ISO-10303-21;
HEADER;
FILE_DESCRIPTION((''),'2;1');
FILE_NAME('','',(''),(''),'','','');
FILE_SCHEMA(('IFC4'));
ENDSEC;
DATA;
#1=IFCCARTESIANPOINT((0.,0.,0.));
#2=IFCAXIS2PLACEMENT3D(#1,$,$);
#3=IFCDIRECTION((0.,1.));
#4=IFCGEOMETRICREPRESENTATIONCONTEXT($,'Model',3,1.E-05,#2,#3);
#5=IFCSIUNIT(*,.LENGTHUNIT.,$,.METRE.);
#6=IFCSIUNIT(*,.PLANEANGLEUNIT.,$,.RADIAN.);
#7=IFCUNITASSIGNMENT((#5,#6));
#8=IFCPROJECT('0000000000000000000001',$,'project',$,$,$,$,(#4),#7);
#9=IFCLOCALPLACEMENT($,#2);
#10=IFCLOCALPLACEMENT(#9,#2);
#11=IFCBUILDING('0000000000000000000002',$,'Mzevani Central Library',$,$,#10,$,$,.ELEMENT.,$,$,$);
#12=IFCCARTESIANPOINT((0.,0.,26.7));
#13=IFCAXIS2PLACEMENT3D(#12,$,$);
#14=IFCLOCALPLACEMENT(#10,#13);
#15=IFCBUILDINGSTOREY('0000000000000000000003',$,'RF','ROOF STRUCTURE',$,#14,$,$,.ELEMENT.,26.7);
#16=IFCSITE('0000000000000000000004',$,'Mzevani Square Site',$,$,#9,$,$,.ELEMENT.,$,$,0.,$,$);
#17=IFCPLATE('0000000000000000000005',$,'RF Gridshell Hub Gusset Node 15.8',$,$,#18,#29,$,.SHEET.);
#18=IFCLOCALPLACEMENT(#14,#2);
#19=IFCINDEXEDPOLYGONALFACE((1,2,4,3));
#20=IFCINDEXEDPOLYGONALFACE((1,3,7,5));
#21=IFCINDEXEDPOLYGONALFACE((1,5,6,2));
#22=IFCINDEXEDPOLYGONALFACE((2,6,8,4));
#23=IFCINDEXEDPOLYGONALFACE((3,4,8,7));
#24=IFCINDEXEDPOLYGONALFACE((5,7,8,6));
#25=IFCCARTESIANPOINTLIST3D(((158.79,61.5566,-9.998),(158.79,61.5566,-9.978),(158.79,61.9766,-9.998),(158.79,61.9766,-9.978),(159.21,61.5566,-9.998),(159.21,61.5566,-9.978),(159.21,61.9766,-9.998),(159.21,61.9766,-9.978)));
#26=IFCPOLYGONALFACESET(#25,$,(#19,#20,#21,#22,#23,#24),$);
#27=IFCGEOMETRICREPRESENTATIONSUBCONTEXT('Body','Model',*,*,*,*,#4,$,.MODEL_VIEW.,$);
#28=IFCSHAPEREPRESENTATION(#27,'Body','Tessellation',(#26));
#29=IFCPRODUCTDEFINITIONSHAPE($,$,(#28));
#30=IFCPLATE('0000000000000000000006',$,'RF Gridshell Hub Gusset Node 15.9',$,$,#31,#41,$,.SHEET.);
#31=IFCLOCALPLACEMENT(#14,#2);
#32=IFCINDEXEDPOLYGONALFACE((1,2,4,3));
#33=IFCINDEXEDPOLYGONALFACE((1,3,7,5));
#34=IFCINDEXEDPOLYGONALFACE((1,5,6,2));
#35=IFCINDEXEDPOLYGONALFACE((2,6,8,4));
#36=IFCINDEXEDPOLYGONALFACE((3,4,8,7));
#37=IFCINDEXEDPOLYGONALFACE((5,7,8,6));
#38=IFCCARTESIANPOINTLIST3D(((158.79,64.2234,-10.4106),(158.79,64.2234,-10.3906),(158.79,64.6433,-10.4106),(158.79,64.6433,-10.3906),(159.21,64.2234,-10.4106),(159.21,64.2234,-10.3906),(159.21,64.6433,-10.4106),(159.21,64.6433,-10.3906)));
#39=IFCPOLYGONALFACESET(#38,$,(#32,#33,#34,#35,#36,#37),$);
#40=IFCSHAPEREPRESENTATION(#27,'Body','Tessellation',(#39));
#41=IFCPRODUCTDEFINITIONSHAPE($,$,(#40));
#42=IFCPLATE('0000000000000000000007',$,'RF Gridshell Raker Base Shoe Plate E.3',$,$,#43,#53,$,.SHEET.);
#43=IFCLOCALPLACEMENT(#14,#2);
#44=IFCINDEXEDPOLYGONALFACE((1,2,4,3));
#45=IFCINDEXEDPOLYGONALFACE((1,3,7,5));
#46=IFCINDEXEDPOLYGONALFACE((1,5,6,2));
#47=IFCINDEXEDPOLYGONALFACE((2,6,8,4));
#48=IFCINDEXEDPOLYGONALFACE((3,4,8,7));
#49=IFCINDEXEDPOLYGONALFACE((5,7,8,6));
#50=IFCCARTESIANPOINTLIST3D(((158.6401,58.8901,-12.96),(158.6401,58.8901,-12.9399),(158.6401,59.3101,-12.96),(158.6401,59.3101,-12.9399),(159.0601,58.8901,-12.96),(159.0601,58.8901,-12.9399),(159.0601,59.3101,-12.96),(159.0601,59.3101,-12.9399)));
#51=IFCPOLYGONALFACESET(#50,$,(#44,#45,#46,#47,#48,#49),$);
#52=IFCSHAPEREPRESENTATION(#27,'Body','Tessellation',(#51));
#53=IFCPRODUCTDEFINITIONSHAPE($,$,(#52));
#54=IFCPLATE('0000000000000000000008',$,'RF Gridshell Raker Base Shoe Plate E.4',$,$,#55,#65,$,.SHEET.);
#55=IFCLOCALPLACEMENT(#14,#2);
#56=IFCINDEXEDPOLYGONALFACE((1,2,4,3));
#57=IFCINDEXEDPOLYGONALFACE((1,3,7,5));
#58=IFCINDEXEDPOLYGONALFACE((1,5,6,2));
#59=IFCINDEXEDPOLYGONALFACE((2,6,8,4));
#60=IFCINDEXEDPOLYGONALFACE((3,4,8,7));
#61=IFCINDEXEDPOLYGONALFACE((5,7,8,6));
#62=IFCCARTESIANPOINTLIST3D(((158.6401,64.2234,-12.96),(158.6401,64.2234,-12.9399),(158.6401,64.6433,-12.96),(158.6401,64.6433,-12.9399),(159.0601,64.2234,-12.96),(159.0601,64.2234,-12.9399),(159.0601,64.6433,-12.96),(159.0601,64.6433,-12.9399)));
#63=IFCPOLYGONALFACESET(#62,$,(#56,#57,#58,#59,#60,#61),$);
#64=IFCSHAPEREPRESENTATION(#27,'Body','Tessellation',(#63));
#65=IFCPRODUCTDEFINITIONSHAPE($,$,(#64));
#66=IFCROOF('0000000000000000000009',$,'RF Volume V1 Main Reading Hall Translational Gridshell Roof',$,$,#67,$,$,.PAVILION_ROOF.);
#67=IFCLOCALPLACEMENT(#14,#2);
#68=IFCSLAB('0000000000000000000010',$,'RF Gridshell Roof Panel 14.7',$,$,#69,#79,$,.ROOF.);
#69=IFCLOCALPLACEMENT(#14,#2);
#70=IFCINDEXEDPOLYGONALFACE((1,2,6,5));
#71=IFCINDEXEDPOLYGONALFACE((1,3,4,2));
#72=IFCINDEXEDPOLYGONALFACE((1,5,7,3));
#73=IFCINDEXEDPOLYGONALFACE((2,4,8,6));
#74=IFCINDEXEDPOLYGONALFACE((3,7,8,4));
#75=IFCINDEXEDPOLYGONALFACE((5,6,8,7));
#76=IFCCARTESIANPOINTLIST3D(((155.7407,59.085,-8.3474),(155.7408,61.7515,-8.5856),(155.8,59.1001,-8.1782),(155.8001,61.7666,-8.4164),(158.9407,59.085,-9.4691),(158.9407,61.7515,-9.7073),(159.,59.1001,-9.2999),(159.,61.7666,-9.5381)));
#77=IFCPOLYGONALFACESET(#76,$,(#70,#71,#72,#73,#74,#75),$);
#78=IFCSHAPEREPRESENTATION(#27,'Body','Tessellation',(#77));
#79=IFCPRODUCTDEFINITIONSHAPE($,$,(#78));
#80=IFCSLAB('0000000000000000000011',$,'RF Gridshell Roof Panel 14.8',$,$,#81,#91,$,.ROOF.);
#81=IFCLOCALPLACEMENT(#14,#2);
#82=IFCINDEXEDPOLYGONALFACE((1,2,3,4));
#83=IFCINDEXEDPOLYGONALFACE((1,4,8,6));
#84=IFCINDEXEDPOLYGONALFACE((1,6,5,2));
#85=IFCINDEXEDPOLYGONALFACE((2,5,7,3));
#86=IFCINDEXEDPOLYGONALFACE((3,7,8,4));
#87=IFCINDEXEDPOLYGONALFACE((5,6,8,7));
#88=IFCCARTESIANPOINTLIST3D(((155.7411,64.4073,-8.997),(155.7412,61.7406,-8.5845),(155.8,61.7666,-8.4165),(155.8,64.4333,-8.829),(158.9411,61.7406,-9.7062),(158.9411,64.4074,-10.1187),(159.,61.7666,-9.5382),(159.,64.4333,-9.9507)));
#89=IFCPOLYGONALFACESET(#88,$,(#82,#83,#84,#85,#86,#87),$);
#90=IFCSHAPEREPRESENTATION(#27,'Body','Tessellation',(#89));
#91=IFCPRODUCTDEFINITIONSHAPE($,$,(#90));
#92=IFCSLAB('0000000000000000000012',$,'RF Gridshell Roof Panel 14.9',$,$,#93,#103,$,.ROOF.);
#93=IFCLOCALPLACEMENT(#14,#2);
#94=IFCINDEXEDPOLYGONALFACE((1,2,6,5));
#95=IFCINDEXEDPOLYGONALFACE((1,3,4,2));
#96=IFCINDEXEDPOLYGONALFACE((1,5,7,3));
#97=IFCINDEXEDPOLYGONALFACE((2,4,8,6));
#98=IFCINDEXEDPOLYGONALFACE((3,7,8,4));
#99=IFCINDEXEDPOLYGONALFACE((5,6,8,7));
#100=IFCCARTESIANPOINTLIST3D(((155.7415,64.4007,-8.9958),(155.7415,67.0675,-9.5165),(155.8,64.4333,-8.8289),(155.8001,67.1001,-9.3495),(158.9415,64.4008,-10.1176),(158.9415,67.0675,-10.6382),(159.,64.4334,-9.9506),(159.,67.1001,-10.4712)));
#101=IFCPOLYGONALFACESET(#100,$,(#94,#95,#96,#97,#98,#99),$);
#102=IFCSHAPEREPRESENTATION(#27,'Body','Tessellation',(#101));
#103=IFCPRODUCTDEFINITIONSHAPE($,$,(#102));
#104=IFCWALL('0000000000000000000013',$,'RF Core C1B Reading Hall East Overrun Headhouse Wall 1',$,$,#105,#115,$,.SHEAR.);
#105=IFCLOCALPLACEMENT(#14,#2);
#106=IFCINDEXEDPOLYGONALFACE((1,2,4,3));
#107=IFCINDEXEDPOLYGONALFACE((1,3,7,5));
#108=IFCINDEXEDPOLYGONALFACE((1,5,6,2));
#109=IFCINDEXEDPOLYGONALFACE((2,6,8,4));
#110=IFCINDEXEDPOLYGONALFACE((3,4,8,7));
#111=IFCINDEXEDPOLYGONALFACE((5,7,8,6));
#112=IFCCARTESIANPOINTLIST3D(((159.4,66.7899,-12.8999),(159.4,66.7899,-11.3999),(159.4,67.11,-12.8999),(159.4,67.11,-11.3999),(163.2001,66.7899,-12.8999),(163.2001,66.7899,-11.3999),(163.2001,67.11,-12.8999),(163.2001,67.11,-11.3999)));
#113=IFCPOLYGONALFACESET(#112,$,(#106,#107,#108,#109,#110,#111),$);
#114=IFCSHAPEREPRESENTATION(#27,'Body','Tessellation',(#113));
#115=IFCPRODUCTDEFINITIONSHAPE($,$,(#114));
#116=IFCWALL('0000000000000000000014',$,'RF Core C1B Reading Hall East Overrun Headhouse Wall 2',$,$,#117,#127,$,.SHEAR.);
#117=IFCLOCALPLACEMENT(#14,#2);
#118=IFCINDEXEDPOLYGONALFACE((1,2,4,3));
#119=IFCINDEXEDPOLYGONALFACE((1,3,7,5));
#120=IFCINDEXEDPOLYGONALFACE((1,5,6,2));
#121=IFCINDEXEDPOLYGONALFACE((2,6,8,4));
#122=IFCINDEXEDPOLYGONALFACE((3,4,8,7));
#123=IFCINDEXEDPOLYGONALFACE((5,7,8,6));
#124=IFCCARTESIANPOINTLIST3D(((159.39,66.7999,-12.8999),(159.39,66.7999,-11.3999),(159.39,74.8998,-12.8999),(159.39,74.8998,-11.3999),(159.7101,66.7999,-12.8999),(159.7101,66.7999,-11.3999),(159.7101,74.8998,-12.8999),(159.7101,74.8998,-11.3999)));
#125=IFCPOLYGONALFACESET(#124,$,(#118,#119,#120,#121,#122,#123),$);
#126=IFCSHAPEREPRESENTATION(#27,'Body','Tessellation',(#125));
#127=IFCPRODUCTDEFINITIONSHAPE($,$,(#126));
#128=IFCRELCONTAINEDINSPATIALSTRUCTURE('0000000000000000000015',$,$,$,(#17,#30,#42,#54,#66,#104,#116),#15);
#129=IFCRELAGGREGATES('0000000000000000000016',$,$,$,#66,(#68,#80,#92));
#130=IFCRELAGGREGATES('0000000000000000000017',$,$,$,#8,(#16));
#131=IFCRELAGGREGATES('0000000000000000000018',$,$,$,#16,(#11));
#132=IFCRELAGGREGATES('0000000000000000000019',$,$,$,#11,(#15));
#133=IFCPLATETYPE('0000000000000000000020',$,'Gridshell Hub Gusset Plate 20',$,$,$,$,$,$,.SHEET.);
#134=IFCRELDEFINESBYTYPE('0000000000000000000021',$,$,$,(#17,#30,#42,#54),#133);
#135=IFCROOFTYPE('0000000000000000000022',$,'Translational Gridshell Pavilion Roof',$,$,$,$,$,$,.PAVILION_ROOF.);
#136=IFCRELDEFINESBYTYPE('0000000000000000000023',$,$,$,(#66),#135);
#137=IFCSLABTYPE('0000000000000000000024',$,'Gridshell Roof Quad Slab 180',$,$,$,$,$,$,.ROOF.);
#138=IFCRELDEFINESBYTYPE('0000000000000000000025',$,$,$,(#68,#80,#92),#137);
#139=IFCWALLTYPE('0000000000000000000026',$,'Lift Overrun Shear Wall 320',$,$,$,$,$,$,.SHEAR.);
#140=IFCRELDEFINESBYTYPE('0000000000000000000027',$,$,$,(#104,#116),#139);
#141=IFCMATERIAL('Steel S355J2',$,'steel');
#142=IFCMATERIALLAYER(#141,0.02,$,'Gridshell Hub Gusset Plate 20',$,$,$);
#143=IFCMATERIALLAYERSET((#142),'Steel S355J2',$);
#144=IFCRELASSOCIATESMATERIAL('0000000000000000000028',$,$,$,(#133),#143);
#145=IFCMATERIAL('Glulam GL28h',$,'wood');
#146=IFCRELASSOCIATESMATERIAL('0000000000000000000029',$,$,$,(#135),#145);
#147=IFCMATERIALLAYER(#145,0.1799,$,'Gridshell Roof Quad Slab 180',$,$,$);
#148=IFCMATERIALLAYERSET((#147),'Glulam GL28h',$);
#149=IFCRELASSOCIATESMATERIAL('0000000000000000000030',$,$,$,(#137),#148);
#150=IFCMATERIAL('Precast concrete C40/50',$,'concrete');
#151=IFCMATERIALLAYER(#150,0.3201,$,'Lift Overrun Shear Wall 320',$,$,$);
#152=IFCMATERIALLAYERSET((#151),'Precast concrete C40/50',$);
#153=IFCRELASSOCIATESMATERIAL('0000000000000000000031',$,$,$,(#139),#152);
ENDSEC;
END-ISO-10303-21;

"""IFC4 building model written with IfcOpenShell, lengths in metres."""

from ifc_helpers import new_model, si_unit, direction, frame, frame_2d, origin, origin_2d, place, context, subcontext, project, spatial, polyline, rectangle, outline, extrude, material, layer, layer_set, type_object, element, aggregate, save


model = new_model("IFC4")

# Units and contexts
model_context = context("Model", 3, precision=1e-05, world=origin(), true_north=direction((0.0, 1.0)))
body_context = subcontext(model_context, "Body", "Model", "MODEL_VIEW")
ifc_project = project(units=[si_unit("LENGTHUNIT", "METRE"), si_unit("PLANEANGLEUNIT", "RADIAN")], contexts=[model_context])

# Site, building, storey
site_placement = place(None, origin())
site = spatial("IfcSite", under=ifc_project, at=site_placement, Name="Mzevani Square Site", CompositionType="ELEMENT", RefElevation=0.0)
building_placement = place(site_placement, origin())
building = spatial("IfcBuilding", under=site, at=building_placement, Name="Mzevani Central Library", CompositionType="ELEMENT")
storey_placement = place(building_placement, frame((0.0, 0.0, 26.7)))
storey = spatial("IfcBuildingStorey", under=building, at=storey_placement, Name="RF", Description="ROOF STRUCTURE", CompositionType="ELEMENT", Elevation=26.7)

# Shared definitions
ifc_material_1 = material(Name="Steel S355J2", Category="steel")
ifc_material_2 = material(Name="Glulam GL28h", Category="wood")

# Plates
ifc_layer_1 = layer(ifc_material_1, 0.02, Name="Gridshell Hub Gusset Plate 20")
ifc_layer_set_1 = layer_set([ifc_layer_1], Name="Steel S355J2")
plate_type = type_object("IfcPlateType", Name="Gridshell Hub Gusset Plate 20", PredefinedType="SHEET", material=ifc_layer_set_1)
for number, where, z_axis, x_axis, name in (
    (1, (159.0, 61.7666, -9.998), (0.0, 0.0, 1.0), (1.0, 0.0, 0.0), "RF Gridshell Hub Gusset Node 15.8"),
    (2, (159.0, 64.4333, -10.4106), (0.0, 0.0, 1.0), (1.0, 0.0, 0.0), "RF Gridshell Hub Gusset Node 15.9"),
    (3, (158.8501, 59.1001, -12.96), (0.0, 0.0, 1.0), (1.0, 0.0, 0.0), "RF Gridshell Raker Base Shoe Plate E.3"),
    (4, (158.8501, 64.4333, -12.96), (0.0, 0.0, 1.0), (1.0, 0.0, 0.0), "RF Gridshell Raker Base Shoe Plate E.4"),
):
    element("IfcPlate", number, at=place(storey_placement, frame(where, z_axis=z_axis, x_axis=x_axis)), inside=storey, type_object=plate_type, Name=name, PredefinedType="SHEET", context=body_context, shape_type="SweptSolid", body=[
        extrude(rectangle(XDim=0.4199, YDim=0.4199, at=origin_2d()), origin(), (0.0, 0.0, 1.0), 0.02),
    ])

# Roof, slabs
roof_type = type_object("IfcRoofType", Name="Translational Gridshell Pavilion Roof", PredefinedType="PAVILION_ROOF", material=ifc_material_2)
roof_placement = place(storey_placement, origin())
roof = element("IfcRoof", 5, at=roof_placement, inside=storey, type_object=roof_type, Name="RF Volume V1 Main Reading Hall Translational Gridshell Roof", PredefinedType="PAVILION_ROOF")
ifc_layer_2 = layer(ifc_material_2, 0.1799, Name="Gridshell Roof Quad Slab 180")
ifc_layer_set_2 = layer_set([ifc_layer_2], Name="Glulam GL28h")
slab_type = type_object("IfcSlabType", Name="Gridshell Roof Quad Slab 180", PredefinedType="ROOF", material=ifc_layer_set_2)
slab_1_placement = place(storey_placement, frame((155.8, 59.1001, -8.1782), z_axis=(0.329634, 0.083989, 0.940366), x_axis=(0.9437, 0.000003, -0.330803)))
slab_1 = element("IfcSlab", 6, at=slab_1_placement, type_object=slab_type, Name="RF Gridshell Roof Panel 14.7", PredefinedType="ROOF", context=body_context, shape_type="SweptSolid", body=[
    extrude(outline(polyline([(0.0, 0.0), (3.3909, 0.0), (3.4696, 2.6759), (0.0788, 2.676), (0.0, 0.0)])), origin(), (0.0, 0.0, -1.0), 0.1799),
])
slab_2_placement = place(storey_placement, frame((155.8, 61.7666, -8.4165), z_axis=(0.327334, 0.144435, 0.933805), x_axis=(0.9437, -0.000005, -0.330802)))
slab_2 = element("IfcSlab", 7, at=slab_2_placement, type_object=slab_type, Name="RF Gridshell Roof Panel 14.8", PredefinedType="ROOF", context=body_context, shape_type="SweptSolid", body=[
    extrude(outline(polyline([(0.0, 0.0), (3.3908, 0.0), (3.5273, 2.695), (0.1364, 2.695), (0.0, 0.0)])), origin(), (0.0, 0.0, -1.0), 0.1799),
])
slab_3_placement = place(storey_placement, frame((155.8, 64.4333, -8.8289), z_axis=(0.325327, 0.181189, 0.92808), x_axis=(0.9437, 0.000006, -0.330804)))
slab_3 = element("IfcSlab", 8, at=slab_3_placement, type_object=slab_type, Name="RF Gridshell Roof Panel 14.9", PredefinedType="ROOF", context=body_context, shape_type="SweptSolid", body=[
    extrude(outline(polyline([(0.0, 0.0), (3.3909, 0.0), (3.5631, 2.7116), (0.1723, 2.7117), (0.0, 0.0)])), origin(), (0.0, 0.0, -1.0), 0.1799),
])
aggregate(roof, [slab_1, slab_2, slab_3])

# Walls
ifc_material_3 = material(Name="Precast concrete C40/50", Category="concrete")
ifc_layer_3 = layer(ifc_material_3, 0.3201, Name="Lift Overrun Shear Wall 320")
ifc_layer_set_3 = layer_set([ifc_layer_3], Name="Precast concrete C40/50")
wall_type = type_object("IfcWallType", Name="Lift Overrun Shear Wall 320", PredefinedType="SHEAR", material=ifc_layer_set_3)
wall_1_placement = place(storey_placement, frame((163.2, 66.95, -12.8999), z_axis=(0.0, 0.0, 1.0), x_axis=(-1.0, 0.0, 0.0)))
element("IfcWall", 9, at=wall_1_placement, inside=storey, type_object=wall_type, Name="RF Core C1B Reading Hall East Overrun Headhouse Wall 1", PredefinedType="SHEAR", context=body_context, shape_type="SweptSolid", body=[
    extrude(rectangle(XDim=3.8, YDim=0.3201, at=frame_2d((1.8999, 0.0))), origin(), (0.0, 0.0, 1.0), 1.5),
])
wall_2_placement = place(storey_placement, frame((159.55, 66.8, -12.8999), z_axis=(0.0, 0.0, 1.0), x_axis=(0.0, 1.0, 0.0)))
element("IfcWall", 10, at=wall_2_placement, inside=storey, type_object=wall_type, Name="RF Core C1B Reading Hall East Overrun Headhouse Wall 2", PredefinedType="SHEAR", context=body_context, shape_type="SweptSolid", body=[
    extrude(rectangle(XDim=8.0999, YDim=0.3201, at=frame_2d((4.0498, 0.0))), origin(), (0.0, 0.0, 1.0), 1.5),
])

save(model, "model.ifc")
